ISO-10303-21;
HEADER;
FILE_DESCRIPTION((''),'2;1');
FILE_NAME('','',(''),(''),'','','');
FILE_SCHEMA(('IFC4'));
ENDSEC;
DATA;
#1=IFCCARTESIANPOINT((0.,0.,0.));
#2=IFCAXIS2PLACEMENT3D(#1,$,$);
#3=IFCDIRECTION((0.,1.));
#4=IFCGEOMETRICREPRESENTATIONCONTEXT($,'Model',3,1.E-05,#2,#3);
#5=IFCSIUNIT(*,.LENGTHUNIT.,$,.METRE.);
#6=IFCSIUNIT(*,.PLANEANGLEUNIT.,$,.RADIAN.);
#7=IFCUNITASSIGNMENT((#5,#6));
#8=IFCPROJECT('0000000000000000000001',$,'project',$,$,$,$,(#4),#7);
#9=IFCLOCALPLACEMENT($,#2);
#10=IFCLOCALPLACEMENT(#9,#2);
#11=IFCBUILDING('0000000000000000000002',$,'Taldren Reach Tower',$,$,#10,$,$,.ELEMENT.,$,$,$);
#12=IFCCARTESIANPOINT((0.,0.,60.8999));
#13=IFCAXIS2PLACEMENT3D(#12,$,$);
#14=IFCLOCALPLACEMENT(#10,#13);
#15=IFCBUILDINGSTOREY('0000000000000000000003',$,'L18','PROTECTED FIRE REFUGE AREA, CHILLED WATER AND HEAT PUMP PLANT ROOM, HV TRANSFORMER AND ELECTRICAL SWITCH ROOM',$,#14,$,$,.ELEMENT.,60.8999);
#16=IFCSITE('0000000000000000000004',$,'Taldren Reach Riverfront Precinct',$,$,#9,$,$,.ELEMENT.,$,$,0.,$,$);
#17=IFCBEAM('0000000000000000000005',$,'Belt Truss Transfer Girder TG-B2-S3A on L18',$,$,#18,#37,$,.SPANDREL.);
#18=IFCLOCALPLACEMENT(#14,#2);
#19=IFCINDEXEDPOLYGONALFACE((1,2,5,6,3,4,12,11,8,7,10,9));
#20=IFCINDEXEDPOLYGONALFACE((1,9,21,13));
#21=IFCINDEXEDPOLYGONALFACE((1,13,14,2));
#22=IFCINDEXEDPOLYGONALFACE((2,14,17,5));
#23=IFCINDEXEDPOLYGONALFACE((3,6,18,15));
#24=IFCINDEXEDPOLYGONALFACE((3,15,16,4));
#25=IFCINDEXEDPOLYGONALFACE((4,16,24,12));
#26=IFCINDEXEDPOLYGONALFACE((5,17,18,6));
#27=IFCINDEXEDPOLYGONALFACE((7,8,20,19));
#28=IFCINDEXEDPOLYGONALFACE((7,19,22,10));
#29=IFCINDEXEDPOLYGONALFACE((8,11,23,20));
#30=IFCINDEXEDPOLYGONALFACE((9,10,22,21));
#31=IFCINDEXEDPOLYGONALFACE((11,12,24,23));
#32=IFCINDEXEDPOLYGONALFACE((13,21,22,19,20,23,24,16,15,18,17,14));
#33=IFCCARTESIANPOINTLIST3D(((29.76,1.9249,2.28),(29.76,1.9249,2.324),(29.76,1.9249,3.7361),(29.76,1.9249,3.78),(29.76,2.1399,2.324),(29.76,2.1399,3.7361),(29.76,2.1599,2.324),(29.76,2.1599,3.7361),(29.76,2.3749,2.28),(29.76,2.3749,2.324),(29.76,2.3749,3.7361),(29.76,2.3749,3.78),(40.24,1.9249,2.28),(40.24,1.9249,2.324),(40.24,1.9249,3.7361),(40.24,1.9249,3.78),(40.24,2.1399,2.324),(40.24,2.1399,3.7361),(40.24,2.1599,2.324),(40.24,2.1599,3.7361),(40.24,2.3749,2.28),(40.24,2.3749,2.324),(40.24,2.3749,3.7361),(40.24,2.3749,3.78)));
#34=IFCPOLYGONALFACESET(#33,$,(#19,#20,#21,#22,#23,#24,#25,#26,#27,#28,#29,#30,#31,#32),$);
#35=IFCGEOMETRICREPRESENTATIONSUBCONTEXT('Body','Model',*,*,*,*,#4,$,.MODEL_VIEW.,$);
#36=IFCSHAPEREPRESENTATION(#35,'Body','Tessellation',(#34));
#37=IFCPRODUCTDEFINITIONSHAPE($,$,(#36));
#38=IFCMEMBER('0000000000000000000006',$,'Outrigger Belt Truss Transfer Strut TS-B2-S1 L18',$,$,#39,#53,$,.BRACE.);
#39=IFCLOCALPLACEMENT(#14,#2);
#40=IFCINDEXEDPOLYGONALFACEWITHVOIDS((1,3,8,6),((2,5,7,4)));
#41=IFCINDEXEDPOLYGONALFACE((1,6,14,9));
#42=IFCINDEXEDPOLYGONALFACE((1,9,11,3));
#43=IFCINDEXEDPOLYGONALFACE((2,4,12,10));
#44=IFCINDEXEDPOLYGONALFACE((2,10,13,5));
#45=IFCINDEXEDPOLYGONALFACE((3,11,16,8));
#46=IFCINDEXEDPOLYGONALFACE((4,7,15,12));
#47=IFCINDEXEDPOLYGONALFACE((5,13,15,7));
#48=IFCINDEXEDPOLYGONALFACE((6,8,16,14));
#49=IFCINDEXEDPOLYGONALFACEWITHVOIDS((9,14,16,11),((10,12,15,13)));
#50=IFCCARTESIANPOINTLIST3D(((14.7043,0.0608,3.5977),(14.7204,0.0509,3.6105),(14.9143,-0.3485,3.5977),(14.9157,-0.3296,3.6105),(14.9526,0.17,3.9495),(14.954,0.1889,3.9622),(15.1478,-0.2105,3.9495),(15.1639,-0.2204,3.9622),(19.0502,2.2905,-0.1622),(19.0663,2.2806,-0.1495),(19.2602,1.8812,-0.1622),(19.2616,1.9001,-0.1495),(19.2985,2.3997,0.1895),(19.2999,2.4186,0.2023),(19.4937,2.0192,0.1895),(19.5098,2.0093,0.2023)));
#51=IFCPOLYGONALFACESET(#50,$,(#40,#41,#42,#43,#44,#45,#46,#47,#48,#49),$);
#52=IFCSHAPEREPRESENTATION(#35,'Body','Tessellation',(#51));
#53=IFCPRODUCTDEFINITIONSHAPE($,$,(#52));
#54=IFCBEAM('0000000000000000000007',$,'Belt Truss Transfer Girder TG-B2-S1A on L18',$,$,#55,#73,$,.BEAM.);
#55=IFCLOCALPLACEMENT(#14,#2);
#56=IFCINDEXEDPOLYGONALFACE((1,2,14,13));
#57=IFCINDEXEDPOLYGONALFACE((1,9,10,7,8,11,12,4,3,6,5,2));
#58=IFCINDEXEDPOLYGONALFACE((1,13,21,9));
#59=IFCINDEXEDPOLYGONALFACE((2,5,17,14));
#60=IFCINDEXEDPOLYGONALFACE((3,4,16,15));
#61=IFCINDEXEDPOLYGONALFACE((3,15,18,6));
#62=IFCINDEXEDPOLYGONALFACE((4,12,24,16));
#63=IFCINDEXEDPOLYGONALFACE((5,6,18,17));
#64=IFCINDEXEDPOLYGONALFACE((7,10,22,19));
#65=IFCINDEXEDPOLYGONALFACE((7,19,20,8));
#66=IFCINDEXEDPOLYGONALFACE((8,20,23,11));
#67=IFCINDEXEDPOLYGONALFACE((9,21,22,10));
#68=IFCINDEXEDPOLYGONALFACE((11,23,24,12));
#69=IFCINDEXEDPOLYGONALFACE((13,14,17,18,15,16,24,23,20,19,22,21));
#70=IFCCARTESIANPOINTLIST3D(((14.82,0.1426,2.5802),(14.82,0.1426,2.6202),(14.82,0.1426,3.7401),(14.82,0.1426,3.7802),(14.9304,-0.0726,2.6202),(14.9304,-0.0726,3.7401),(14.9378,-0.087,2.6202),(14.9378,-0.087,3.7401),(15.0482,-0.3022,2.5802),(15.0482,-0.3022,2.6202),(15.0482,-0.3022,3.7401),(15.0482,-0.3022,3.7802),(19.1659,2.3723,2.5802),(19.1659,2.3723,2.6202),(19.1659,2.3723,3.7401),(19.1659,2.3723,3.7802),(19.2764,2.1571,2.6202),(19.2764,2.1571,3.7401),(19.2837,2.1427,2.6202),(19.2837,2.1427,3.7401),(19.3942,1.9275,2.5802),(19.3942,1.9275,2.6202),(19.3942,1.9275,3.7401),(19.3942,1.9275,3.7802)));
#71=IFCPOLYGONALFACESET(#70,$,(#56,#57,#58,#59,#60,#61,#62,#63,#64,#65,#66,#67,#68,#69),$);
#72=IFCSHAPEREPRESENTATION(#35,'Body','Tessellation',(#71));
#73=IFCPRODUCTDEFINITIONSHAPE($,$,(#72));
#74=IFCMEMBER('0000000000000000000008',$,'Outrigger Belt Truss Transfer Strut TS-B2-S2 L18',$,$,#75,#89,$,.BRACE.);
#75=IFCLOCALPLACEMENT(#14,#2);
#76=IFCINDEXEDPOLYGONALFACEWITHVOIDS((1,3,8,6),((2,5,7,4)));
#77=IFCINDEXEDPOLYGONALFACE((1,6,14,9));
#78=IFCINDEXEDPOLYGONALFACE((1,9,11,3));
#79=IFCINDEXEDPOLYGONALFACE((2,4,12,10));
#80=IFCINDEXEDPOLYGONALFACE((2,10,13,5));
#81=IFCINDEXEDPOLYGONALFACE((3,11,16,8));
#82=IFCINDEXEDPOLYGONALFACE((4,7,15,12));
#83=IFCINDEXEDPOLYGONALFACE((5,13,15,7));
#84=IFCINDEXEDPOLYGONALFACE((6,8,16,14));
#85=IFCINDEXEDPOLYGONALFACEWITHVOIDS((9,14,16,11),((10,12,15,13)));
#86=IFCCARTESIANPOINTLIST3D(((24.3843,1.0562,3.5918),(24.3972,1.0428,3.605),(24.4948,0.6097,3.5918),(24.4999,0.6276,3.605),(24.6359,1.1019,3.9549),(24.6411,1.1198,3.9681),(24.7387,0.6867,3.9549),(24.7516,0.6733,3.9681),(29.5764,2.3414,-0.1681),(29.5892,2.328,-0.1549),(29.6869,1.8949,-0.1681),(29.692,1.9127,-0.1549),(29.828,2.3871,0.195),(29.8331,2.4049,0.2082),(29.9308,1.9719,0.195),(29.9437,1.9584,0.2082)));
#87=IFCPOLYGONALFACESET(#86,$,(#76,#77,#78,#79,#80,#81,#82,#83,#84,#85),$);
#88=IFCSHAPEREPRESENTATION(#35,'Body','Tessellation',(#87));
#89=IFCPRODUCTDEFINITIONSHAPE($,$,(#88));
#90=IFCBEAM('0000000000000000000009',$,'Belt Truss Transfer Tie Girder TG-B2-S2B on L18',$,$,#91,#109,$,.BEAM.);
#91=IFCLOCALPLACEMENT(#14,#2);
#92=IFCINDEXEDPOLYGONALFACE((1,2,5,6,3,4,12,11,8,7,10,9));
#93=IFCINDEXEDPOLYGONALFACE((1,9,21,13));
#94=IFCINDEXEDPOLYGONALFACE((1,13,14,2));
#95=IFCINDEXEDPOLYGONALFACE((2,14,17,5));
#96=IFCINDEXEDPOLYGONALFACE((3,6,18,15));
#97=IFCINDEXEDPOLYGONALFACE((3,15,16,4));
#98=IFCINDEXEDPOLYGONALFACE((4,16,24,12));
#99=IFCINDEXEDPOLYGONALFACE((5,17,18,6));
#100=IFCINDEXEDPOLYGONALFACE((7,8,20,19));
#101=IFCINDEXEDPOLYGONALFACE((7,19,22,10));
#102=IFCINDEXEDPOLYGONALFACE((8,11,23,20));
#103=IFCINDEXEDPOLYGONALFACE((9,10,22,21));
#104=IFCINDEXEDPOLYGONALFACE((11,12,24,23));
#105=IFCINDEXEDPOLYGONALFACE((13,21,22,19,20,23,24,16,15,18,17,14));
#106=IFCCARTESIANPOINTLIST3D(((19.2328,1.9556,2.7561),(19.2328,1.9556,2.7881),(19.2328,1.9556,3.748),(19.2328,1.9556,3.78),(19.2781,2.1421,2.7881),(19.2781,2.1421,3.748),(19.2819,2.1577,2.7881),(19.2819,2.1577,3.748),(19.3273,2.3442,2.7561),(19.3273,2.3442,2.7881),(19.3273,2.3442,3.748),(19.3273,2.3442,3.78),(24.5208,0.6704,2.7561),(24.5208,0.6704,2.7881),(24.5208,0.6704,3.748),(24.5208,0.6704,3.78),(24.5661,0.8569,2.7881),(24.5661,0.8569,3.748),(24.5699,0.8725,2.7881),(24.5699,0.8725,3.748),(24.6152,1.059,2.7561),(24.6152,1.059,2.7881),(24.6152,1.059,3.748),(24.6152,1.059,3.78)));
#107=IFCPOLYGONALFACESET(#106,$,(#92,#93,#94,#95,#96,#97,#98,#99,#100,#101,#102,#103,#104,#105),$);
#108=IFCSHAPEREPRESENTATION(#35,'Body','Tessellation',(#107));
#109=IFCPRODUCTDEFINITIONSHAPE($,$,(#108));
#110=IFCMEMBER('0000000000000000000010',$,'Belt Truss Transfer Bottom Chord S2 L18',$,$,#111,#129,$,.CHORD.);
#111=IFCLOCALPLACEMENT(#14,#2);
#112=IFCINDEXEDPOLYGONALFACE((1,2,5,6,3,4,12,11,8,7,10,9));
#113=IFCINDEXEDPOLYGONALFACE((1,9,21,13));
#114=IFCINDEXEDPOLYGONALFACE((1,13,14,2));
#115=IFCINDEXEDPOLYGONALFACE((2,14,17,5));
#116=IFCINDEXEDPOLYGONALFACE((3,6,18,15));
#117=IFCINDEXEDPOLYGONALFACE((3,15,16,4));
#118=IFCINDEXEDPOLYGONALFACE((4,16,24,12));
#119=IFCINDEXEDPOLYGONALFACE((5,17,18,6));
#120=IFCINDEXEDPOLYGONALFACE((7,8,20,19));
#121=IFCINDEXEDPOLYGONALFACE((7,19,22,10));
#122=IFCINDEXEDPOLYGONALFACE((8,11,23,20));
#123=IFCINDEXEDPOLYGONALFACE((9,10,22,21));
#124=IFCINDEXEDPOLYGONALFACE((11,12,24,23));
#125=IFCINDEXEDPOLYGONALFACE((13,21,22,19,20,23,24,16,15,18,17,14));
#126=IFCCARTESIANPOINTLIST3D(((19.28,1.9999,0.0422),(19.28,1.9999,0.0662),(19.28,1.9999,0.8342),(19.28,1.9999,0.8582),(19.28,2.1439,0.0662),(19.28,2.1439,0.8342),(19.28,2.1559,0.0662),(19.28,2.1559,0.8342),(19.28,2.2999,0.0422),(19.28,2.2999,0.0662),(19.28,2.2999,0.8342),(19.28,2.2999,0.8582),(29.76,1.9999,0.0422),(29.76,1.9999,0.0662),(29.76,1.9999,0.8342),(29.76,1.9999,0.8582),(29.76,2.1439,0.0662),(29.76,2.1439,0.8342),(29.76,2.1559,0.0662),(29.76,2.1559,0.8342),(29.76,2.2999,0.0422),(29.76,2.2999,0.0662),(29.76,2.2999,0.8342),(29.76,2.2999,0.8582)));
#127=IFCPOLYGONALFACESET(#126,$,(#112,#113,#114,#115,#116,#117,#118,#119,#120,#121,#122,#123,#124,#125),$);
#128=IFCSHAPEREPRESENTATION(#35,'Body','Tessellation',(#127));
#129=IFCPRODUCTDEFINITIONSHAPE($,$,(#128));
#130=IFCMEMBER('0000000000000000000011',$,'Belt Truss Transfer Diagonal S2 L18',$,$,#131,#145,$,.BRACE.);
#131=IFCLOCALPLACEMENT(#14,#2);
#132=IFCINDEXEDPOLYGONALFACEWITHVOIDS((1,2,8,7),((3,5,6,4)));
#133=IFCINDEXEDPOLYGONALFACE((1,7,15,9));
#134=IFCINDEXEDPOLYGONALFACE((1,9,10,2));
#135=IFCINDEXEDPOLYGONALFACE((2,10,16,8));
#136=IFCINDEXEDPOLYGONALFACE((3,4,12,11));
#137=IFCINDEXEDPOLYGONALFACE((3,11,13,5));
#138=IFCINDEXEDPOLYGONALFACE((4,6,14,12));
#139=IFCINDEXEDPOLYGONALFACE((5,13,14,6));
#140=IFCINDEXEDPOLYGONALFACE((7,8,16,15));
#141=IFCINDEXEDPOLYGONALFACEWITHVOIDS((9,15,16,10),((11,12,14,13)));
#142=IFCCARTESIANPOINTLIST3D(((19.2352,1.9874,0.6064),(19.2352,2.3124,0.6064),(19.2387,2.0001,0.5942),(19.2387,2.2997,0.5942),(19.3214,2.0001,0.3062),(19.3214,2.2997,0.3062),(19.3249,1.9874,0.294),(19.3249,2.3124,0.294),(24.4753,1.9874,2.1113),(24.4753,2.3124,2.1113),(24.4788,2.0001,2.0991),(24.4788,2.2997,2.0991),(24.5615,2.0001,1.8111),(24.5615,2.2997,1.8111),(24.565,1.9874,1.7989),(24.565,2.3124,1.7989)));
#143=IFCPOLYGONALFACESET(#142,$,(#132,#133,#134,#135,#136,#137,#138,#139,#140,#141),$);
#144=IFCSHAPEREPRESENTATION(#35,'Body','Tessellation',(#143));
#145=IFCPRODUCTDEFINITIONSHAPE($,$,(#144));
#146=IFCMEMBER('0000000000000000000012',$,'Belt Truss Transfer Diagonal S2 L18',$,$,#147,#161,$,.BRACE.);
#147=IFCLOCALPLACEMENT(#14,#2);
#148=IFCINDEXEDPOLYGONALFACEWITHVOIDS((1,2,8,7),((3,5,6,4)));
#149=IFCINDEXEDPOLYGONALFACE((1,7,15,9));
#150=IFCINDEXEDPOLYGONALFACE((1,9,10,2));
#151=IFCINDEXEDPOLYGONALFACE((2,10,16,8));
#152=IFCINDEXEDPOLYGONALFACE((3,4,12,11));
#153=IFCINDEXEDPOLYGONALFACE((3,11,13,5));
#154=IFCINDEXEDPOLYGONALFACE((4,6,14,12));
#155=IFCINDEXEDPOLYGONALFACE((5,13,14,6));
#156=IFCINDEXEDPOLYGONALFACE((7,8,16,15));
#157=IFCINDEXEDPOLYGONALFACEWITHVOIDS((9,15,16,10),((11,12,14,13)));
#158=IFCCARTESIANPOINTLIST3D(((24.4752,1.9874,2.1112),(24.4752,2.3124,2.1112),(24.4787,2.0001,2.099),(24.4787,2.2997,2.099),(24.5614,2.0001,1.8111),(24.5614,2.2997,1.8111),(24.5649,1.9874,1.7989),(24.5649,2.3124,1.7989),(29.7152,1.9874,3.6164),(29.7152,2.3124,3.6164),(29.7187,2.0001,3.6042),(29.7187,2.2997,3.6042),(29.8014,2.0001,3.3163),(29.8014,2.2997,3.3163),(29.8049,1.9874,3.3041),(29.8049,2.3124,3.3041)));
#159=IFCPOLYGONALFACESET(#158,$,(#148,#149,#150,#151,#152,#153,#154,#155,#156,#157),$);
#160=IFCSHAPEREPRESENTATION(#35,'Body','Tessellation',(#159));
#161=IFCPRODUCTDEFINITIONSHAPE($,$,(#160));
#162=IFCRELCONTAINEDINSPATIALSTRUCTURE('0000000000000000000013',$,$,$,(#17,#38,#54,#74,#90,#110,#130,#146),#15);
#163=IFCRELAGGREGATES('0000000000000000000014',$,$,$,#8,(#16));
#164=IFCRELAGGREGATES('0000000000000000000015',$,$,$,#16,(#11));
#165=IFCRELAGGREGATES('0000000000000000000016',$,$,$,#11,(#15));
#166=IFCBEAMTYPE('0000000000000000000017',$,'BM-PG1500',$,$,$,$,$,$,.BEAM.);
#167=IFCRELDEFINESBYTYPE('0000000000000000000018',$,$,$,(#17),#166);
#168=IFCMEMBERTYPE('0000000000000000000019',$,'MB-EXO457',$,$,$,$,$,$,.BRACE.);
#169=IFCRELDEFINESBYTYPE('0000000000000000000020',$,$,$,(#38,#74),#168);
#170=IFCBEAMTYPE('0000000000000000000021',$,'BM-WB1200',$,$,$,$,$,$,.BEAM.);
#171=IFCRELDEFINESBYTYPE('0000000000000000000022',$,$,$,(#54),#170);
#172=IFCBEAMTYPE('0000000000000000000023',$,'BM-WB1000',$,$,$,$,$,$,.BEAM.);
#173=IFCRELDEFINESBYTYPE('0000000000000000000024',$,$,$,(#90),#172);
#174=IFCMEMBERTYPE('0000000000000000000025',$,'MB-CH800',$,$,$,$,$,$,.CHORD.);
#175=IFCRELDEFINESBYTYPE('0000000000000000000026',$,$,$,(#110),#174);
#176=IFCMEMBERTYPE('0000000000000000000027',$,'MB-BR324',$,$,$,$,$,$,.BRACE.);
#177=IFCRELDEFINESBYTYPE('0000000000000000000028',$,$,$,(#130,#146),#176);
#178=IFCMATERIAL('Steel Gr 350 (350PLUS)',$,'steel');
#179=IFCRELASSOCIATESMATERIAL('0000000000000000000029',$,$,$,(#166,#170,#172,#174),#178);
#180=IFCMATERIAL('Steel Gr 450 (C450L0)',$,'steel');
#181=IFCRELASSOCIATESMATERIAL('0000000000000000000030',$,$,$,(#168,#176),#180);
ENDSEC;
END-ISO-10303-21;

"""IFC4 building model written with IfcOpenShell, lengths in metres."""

from ifc_helpers import new_model, si_unit, direction, frame, origin, origin_2d, place, context, subcontext, project, spatial, hollow_rectangle, i_section, extrude, source, transform, mapped, material, material_profile, profile_set, type_object, element, save


model = new_model("IFC4")

# Units and contexts
model_context = context("Model", 3, precision=1e-05, world=origin(), true_north=direction((0.0, 1.0)))
body_context = subcontext(model_context, "Body", "Model", "MODEL_VIEW")
ifc_project = project(units=[si_unit("LENGTHUNIT", "METRE"), si_unit("PLANEANGLEUNIT", "RADIAN")], contexts=[model_context])

# Site, building, storey
site_placement = place(None, origin())
site = spatial("IfcSite", under=ifc_project, at=site_placement, Name="Taldren Reach Riverfront Precinct", CompositionType="ELEMENT", RefElevation=0.0)
building_placement = place(site_placement, origin())
building = spatial("IfcBuilding", under=site, at=building_placement, Name="Taldren Reach Tower", CompositionType="ELEMENT")
storey_placement = place(building_placement, frame((0.0, 0.0, 60.8999)))
storey = spatial("IfcBuildingStorey", under=building, at=storey_placement, Name="L18", Description="PROTECTED FIRE REFUGE AREA, CHILLED WATER AND HEAT PUMP PLANT ROOM, HV TRANSFORMER AND ELECTRICAL SWITCH ROOM", CompositionType="ELEMENT", Elevation=60.8999)

# Shared definitions
ifc_material_1 = material(Name="Steel Gr 350 (350PLUS)", Category="steel")

# Shared definitions
ifc_material_2 = material(Name="Steel Gr 450 (C450L0)", Category="steel")

# Beam
ifc_material_profile_1 = material_profile(ifc_material_1, i_section(OverallWidth=0.45, OverallDepth=1.5, WebThickness=0.02, FlangeThickness=0.0439, at=origin_2d()), Name="1500WB550")
ifc_profile_set_1 = profile_set([ifc_material_profile_1], Name="Steel Gr 350 (350PLUS)")
beam_type_1 = type_object("IfcBeamType", Name="BM-PG1500", PredefinedType="BEAM", material=ifc_profile_set_1)
shared_shape_1 = source(origin(), body_context, "Body", "SweptSolid", [
    extrude(i_section(OverallWidth=0.45, OverallDepth=1.5, WebThickness=0.02, FlangeThickness=0.0439, at=origin_2d()), origin(), (0.0, 0.0, 1.0), 10.48),
])
beam_1_placement = place(storey_placement, frame((29.76, 2.1499, 3.03), z_axis=(1.0, 0.0, 0.0), x_axis=(0.0, 1.0, 0.0)))
element("IfcBeam", 1, at=beam_1_placement, inside=storey, type_object=beam_type_1, Name="Belt Truss Transfer Girder TG-B2-S3A on L18", PredefinedType="SPANDREL", context=body_context, shape_type="MappedRepresentation", body=[
    mapped(shared_shape_1, transform((0.0, 0.0, 0.0), scale=1.0)),
])

# Member
ifc_material_profile_2 = material_profile(ifc_material_2, hollow_rectangle(XDim=0.46, YDim=0.46, WallThickness=0.0161, at=origin_2d()), Name="460x460x16.0SHS")
ifc_profile_set_2 = profile_set([ifc_material_profile_2], Name="Steel Gr 450 (C450L0)")
member_type_1 = type_object("IfcMemberType", Name="MB-EXO457", PredefinedType="BRACE", material=ifc_profile_set_2)
shared_shape_2 = source(origin(), body_context, "Body", "SweptSolid", [
    extrude(hollow_rectangle(XDim=0.46, YDim=0.46, WallThickness=0.0161, at=origin_2d()), origin(), (0.0, 0.0, 1.0), 6.1641),
])
member_1_placement = place(storey_placement, frame((19.28, 2.1499, 0.02), z_axis=(-0.705037, -0.361727, 0.609981), x_axis=(0.456486, -0.889731, 0.0)))
element("IfcMember", 2, at=member_1_placement, inside=storey, type_object=member_type_1, Name="Outrigger Belt Truss Transfer Strut TS-B2-S1 L18", PredefinedType="BRACE", context=body_context, shape_type="MappedRepresentation", body=[
    mapped(shared_shape_2, transform((0.0, 0.0, 0.0), scale=1.0)),
])

# Beam
ifc_material_profile_3 = material_profile(ifc_material_1, i_section(OverallWidth=0.5, OverallDepth=1.2, WebThickness=0.0161, FlangeThickness=0.04, at=origin_2d()), Name="1200WB455")
ifc_profile_set_3 = profile_set([ifc_material_profile_3], Name="Steel Gr 350 (350PLUS)")
beam_type_2 = type_object("IfcBeamType", Name="BM-WB1200", PredefinedType="BEAM", material=ifc_profile_set_3)
shared_shape_3 = source(origin(), body_context, "Body", "SweptSolid", [
    extrude(i_section(OverallWidth=0.5, OverallDepth=1.2, WebThickness=0.0161, FlangeThickness=0.04, at=origin_2d()), origin(), (0.0, 0.0, 1.0), 4.8845),
])
beam_2_placement = place(storey_placement, frame((19.28, 2.1499, 3.1802), z_axis=(-0.889731, -0.456486, 0.0), x_axis=(0.456486, -0.889731, 0.0)))
element("IfcBeam", 3, at=beam_2_placement, inside=storey, type_object=beam_type_2, Name="Belt Truss Transfer Girder TG-B2-S1A on L18", PredefinedType="BEAM", context=body_context, shape_type="MappedRepresentation", body=[
    mapped(shared_shape_3, transform((0.0, 0.0, 0.0), scale=1.0)),
])

# Member
shared_shape_4 = source(origin(), body_context, "Body", "SweptSolid", [
    extrude(hollow_rectangle(XDim=0.46, YDim=0.46, WallThickness=0.0161, at=origin_2d()), origin(), (0.0, 0.0, 1.0), 6.5381),
])
member_2_placement = place(storey_placement, frame((29.76, 2.1499, 0.02), z_axis=(-0.794128, -0.196562, 0.575086), x_axis=(0.240269, -0.970706, 0.0)))
element("IfcMember", 4, at=member_2_placement, inside=storey, type_object=member_type_1, Name="Outrigger Belt Truss Transfer Strut TS-B2-S2 L18", PredefinedType="BRACE", context=body_context, shape_type="MappedRepresentation", body=[
    mapped(shared_shape_4, transform((0.0, 0.0, 0.0), scale=1.0)),
])

# Beam
ifc_material_profile_4 = material_profile(ifc_material_1, i_section(OverallWidth=0.3999, OverallDepth=1.0239, WebThickness=0.0161, FlangeThickness=0.032, at=origin_2d()), Name="1000WB322")
ifc_profile_set_4 = profile_set([ifc_material_profile_4], Name="Steel Gr 350 (350PLUS)")
beam_type_3 = type_object("IfcBeamType", Name="BM-WB1000", PredefinedType="BEAM", material=ifc_profile_set_4)
shared_shape_5 = source(origin(), body_context, "Body", "SweptSolid", [
    extrude(i_section(OverallWidth=0.3999, OverallDepth=1.0239, WebThickness=0.0161, FlangeThickness=0.032, at=origin_2d()), origin(), (0.0, 0.0, 1.0), 5.4419),
])
beam_3_placement = place(storey_placement, frame((19.28, 2.1499, 3.2681), z_axis=(0.971713, -0.236165, 0.0), x_axis=(0.236165, 0.971713, 0.0)))
element("IfcBeam", 5, at=beam_3_placement, inside=storey, type_object=beam_type_3, Name="Belt Truss Transfer Tie Girder TG-B2-S2B on L18", PredefinedType="BEAM", context=body_context, shape_type="MappedRepresentation", body=[
    mapped(shared_shape_5, transform((0.0, 0.0, 0.0), scale=1.0)),
])

# Members
ifc_material_profile_5 = material_profile(ifc_material_1, i_section(OverallWidth=0.3, OverallDepth=0.8159, WebThickness=0.012, FlangeThickness=0.0239, at=origin_2d()), Name="800WB192")
ifc_profile_set_5 = profile_set([ifc_material_profile_5], Name="Steel Gr 350 (350PLUS)")
member_type_2 = type_object("IfcMemberType", Name="MB-CH800", PredefinedType="CHORD", material=ifc_profile_set_5)
shared_shape_6 = source(origin(), body_context, "Body", "SweptSolid", [
    extrude(i_section(OverallWidth=0.3, OverallDepth=0.8159, WebThickness=0.012, FlangeThickness=0.0239, at=origin_2d()), origin(), (0.0, 0.0, 1.0), 10.48),
])
member_3_placement = place(storey_placement, frame((19.28, 2.1499, 0.4502), z_axis=(1.0, 0.0, 0.0), x_axis=(0.0, 1.0, 0.0)))
element("IfcMember", 6, at=member_3_placement, inside=storey, type_object=member_type_2, Name="Belt Truss Transfer Bottom Chord S2 L18", PredefinedType="CHORD", context=body_context, shape_type="MappedRepresentation", body=[
    mapped(shared_shape_6, transform((0.0, 0.0, 0.0), scale=1.0)),
])
ifc_material_profile_6 = material_profile(ifc_material_2, hollow_rectangle(XDim=0.325, YDim=0.325, WallThickness=0.0127, at=origin_2d()), Name="325x325x12.7SHS")
ifc_profile_set_6 = profile_set([ifc_material_profile_6], Name="Steel Gr 450 (C450L0)")
member_type_3 = type_object("IfcMemberType", Name="MB-BR324", PredefinedType="BRACE", material=ifc_profile_set_6)
shared_shape_7 = source(origin(), body_context, "Body", "SweptSolid", [
    extrude(hollow_rectangle(XDim=0.325, YDim=0.325, WallThickness=0.0127, at=origin_2d()), origin(), (0.0, 0.0, 1.0), 5.4519),
])
for number, where, z_axis, x_axis, name in (
    (7, (19.28, 2.1499, 0.4502), (0.961148, 0.0, 0.276034), (0.0, 1.0, 0.0), "Belt Truss Transfer Diagonal S2 L18"),
    (8, (24.52, 2.1499, 1.9551), (0.961136, 0.0, 0.276075), (0.0, 1.0, 0.0), "Belt Truss Transfer Diagonal S2 L18"),
):
    element("IfcMember", number, at=place(storey_placement, frame(where, z_axis=z_axis, x_axis=x_axis)), inside=storey, type_object=member_type_3, Name=name, PredefinedType="BRACE", context=body_context, shape_type="MappedRepresentation", body=[
        mapped(shared_shape_7, transform((0.0, 0.0, 0.0), scale=1.0)),
    ])

save(model, "model.ifc")
